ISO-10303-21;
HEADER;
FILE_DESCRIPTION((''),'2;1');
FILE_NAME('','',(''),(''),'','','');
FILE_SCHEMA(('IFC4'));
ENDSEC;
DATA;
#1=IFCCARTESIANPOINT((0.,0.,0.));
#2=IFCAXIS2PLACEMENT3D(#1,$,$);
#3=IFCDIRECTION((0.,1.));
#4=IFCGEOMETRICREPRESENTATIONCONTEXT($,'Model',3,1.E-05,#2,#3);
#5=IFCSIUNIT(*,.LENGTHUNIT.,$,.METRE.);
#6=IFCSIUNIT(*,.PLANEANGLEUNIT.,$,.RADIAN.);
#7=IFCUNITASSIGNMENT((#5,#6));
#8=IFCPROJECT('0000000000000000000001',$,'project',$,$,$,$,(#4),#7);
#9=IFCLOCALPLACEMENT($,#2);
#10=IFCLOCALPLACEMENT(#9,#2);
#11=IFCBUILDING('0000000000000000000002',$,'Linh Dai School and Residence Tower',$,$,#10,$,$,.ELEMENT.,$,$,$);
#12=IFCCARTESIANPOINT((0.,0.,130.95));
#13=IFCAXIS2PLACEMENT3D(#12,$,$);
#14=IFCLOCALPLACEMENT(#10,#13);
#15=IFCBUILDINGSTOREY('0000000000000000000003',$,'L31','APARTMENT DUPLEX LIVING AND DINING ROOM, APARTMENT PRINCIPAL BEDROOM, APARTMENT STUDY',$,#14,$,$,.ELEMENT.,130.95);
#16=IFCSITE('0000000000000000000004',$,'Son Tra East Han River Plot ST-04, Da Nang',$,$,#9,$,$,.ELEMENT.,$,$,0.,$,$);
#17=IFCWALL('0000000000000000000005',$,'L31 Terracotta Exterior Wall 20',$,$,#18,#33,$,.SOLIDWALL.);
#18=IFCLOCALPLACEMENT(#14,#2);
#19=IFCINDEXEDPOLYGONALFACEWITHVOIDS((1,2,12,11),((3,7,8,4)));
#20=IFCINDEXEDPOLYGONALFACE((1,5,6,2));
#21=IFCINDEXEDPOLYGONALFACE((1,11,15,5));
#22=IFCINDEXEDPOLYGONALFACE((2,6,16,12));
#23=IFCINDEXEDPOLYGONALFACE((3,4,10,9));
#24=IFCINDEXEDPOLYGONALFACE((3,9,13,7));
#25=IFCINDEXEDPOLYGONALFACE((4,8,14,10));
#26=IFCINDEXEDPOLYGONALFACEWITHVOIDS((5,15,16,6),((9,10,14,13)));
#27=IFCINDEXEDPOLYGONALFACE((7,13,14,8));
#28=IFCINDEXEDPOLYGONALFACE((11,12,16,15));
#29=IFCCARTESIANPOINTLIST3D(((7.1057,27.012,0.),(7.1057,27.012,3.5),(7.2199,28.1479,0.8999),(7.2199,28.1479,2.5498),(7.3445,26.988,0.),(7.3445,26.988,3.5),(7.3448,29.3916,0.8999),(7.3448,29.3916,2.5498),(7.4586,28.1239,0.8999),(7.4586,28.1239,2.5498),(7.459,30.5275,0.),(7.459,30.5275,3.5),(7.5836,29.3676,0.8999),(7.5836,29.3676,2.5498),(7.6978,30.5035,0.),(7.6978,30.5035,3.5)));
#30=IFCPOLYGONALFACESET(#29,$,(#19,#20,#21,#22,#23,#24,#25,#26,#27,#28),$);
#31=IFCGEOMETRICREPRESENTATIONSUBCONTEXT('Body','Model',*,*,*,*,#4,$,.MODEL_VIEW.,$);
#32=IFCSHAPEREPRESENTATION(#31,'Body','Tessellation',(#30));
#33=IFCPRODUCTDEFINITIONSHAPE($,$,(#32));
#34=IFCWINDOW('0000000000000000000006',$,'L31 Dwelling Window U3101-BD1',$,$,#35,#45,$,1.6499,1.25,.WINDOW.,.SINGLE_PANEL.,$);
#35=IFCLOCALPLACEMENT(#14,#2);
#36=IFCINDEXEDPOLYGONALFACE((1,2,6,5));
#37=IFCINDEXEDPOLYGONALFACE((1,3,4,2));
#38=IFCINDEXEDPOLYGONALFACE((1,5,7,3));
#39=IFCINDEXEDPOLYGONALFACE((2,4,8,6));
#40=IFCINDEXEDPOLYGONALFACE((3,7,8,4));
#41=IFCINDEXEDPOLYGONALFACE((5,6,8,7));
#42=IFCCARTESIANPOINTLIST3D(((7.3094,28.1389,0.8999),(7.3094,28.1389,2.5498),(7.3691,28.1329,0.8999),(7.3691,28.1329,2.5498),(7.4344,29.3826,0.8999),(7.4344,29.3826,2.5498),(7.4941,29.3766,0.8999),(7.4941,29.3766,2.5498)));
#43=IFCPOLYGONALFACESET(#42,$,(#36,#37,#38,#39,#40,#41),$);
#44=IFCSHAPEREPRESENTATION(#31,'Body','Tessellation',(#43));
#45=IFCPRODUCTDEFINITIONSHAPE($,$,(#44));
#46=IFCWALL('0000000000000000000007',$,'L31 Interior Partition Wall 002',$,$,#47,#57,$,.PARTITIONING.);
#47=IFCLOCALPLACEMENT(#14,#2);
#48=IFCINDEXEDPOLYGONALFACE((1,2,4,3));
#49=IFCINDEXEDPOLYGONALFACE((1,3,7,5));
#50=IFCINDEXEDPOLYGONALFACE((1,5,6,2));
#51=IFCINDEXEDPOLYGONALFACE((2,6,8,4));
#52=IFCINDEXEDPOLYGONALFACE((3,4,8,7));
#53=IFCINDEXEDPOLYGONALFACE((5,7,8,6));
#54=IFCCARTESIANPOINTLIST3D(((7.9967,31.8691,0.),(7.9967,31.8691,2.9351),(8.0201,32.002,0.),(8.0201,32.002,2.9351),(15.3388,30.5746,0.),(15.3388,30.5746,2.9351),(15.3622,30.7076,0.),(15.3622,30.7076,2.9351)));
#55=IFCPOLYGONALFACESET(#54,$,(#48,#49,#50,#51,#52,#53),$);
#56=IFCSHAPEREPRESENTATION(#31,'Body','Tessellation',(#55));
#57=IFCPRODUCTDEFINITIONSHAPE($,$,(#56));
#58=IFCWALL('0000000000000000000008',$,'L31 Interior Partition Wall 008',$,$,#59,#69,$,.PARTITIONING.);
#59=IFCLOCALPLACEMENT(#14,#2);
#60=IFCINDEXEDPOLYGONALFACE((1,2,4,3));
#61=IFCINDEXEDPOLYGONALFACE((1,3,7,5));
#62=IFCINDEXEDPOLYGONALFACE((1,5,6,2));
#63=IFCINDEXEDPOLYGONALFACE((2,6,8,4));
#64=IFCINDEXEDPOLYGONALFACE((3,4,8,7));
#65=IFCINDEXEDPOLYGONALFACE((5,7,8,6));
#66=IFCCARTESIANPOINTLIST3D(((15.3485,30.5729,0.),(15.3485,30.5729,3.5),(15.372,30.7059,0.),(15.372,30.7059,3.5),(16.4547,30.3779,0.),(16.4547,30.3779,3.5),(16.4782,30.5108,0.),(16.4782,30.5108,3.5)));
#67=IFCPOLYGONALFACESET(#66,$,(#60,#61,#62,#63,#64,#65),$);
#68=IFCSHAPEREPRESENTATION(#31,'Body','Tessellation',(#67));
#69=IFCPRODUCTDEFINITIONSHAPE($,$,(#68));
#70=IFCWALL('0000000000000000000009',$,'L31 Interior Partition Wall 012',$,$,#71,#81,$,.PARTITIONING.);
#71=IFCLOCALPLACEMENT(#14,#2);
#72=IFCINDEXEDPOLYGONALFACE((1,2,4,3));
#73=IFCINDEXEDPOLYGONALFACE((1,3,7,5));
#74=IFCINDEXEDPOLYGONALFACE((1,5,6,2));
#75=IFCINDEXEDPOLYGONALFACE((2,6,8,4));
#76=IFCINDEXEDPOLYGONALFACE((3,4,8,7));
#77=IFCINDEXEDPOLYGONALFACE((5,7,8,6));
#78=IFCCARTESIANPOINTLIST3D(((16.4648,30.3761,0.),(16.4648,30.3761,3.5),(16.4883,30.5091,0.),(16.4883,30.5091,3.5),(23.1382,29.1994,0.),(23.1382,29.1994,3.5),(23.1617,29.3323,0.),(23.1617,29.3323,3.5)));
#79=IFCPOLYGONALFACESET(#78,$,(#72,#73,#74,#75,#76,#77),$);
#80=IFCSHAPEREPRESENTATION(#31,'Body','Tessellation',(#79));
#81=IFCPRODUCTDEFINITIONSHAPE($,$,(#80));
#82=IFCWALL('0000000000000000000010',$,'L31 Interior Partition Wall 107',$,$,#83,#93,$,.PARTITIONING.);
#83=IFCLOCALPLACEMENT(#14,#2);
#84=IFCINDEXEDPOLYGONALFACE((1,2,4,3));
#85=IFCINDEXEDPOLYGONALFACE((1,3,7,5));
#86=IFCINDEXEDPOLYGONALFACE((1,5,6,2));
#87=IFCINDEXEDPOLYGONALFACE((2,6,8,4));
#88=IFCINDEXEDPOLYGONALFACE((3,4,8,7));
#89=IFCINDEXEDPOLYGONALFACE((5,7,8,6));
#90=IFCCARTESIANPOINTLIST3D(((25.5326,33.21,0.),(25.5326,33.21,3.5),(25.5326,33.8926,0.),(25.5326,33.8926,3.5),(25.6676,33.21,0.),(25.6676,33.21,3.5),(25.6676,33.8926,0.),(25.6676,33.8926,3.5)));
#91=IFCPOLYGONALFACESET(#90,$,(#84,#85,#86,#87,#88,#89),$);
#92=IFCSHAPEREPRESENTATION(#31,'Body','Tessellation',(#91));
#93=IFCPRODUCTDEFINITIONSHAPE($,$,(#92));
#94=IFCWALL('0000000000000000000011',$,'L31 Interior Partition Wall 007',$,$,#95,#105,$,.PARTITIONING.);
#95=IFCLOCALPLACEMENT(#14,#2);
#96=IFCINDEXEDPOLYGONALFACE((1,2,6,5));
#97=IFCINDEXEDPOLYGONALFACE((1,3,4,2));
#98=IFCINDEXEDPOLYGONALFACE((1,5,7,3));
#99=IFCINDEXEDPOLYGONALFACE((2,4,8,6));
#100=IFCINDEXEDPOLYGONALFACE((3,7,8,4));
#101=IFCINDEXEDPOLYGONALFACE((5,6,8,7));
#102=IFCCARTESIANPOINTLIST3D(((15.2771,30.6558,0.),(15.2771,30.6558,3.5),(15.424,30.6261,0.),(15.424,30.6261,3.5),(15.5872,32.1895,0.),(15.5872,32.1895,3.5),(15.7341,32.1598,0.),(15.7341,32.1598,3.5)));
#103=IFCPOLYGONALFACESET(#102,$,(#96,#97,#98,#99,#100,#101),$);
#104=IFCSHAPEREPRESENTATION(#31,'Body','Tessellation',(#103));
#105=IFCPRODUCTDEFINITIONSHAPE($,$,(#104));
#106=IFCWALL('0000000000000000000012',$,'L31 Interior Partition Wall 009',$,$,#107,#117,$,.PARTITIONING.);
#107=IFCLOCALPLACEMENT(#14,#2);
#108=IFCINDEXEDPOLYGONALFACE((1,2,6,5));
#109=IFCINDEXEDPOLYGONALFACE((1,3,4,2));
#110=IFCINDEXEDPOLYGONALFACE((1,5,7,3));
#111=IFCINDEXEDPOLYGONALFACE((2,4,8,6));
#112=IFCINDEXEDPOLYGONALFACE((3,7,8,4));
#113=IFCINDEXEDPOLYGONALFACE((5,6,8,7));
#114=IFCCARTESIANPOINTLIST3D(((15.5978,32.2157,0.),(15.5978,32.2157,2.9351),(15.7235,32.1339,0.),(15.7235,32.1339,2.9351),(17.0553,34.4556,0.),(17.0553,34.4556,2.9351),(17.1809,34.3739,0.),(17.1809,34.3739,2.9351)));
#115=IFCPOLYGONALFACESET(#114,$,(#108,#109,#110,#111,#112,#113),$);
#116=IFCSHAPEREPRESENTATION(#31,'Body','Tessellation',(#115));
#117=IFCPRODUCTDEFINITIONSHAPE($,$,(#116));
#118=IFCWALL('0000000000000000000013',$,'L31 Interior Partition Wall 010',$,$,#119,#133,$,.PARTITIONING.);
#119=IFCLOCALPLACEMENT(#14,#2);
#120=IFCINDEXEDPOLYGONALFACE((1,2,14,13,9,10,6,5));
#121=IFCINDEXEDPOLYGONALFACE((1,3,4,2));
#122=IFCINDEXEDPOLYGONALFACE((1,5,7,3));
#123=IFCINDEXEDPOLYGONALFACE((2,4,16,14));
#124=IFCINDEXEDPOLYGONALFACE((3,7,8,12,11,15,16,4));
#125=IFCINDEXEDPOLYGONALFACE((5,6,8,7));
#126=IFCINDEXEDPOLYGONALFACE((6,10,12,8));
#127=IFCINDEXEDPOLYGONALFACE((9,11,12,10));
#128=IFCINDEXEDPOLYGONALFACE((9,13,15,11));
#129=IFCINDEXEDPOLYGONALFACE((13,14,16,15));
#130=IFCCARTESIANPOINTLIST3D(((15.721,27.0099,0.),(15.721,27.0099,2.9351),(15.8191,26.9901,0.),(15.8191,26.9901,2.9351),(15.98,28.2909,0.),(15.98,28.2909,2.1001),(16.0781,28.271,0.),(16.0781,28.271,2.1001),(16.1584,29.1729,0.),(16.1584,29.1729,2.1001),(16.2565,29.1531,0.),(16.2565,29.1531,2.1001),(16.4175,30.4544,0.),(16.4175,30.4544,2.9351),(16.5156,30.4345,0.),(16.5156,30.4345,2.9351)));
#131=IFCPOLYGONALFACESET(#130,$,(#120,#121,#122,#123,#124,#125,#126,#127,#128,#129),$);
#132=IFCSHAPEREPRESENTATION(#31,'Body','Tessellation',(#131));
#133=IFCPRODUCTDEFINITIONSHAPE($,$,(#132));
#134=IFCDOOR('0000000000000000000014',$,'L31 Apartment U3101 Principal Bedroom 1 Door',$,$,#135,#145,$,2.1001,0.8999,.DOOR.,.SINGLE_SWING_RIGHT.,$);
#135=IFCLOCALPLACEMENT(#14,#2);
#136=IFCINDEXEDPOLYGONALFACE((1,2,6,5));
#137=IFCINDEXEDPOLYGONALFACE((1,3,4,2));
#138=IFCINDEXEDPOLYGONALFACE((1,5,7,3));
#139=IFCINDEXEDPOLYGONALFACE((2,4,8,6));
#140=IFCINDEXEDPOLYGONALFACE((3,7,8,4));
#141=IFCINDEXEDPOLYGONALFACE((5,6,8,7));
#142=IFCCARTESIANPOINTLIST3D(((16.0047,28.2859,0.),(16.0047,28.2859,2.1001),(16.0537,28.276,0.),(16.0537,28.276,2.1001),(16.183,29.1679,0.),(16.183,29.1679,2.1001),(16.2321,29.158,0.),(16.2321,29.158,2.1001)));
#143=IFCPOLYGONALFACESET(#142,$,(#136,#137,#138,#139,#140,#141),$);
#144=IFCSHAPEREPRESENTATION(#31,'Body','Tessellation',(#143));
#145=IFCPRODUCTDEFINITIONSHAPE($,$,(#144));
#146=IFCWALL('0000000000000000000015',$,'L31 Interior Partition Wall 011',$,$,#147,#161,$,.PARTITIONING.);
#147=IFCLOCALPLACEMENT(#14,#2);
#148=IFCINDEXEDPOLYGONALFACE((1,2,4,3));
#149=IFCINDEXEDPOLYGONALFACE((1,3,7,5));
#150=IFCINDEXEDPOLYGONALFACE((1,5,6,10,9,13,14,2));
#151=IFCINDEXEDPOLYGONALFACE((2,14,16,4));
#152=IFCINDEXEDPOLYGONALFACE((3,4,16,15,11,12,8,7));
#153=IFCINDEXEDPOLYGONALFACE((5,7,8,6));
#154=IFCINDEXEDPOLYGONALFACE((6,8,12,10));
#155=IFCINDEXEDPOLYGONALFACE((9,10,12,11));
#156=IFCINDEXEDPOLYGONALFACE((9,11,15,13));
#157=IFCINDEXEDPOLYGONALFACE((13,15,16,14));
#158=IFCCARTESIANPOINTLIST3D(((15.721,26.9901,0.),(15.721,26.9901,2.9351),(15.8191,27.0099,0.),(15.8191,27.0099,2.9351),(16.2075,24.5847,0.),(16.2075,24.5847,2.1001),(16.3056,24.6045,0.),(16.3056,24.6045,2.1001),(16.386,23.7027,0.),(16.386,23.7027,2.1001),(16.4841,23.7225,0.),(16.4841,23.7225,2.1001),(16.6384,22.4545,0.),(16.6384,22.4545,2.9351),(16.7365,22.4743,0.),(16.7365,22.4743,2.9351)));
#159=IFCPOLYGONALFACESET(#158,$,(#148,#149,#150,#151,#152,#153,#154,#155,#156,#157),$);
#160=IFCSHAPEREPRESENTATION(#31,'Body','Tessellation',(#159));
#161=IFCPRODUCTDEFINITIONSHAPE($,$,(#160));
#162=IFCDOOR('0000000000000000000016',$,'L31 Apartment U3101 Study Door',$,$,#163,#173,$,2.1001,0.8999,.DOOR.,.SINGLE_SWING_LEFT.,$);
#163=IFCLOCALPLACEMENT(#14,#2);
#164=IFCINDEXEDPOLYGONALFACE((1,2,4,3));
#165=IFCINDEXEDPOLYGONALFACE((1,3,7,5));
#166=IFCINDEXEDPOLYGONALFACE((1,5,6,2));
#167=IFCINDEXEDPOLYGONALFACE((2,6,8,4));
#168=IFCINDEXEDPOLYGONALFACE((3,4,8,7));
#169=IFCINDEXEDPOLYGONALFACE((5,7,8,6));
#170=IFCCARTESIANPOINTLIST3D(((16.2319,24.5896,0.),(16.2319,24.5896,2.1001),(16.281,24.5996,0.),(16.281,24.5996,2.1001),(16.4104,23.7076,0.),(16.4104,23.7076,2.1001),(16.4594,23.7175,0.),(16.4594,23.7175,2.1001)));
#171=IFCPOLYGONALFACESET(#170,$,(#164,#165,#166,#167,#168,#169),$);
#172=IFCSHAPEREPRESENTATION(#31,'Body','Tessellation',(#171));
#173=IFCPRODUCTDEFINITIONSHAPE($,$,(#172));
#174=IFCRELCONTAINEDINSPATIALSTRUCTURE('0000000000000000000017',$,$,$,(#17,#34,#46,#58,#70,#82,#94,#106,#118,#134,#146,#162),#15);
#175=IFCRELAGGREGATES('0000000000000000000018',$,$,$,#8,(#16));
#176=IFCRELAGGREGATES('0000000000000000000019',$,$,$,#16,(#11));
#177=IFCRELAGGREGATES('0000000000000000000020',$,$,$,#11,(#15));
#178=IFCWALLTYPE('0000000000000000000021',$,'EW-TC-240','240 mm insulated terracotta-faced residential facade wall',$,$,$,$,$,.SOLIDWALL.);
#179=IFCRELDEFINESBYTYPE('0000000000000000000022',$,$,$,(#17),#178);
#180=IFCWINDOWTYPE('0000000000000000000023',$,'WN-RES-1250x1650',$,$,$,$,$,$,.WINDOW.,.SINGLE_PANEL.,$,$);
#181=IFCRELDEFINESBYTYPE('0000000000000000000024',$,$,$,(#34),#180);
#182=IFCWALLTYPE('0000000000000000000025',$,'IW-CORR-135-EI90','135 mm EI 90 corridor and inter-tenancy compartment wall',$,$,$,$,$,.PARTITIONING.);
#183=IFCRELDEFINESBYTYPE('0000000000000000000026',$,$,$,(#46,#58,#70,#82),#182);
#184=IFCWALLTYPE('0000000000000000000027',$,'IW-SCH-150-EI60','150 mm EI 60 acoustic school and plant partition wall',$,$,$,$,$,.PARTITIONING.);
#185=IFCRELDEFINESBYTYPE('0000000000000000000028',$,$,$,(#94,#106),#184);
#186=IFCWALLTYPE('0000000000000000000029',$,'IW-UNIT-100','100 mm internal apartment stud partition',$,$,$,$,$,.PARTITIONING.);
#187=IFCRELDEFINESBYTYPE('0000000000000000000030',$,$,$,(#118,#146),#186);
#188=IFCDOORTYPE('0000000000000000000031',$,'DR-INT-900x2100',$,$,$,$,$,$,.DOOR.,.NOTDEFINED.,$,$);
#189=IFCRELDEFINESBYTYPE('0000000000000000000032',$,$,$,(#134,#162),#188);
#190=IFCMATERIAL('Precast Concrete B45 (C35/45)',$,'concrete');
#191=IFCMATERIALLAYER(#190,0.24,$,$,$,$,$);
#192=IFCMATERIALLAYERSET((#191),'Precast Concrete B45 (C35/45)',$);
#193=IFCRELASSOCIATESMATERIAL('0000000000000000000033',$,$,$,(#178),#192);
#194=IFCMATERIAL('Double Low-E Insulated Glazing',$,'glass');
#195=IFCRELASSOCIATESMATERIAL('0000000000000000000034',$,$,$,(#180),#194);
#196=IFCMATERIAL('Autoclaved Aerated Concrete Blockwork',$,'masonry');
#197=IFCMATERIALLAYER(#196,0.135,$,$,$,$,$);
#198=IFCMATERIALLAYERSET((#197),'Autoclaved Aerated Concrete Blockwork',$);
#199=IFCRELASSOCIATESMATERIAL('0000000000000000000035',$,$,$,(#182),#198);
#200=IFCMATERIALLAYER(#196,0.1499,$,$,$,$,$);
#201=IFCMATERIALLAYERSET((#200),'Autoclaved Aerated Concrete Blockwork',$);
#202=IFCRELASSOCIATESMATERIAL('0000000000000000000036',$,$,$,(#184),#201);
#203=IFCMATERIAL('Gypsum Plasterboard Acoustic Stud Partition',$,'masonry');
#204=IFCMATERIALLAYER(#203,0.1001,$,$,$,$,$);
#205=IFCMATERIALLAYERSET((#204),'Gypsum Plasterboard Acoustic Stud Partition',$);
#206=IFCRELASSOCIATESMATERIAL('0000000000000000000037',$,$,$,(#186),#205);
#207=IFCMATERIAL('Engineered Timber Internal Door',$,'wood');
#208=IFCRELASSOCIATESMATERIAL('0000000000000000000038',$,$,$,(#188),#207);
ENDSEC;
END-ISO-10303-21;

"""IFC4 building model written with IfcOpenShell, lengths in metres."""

from ifc_helpers import new_model, si_unit, direction, frame, frame_2d, origin, origin_2d, place, context, subcontext, project, spatial, rectangle, extrude, source, transform, mapped, material, layer, layer_set, type_object, element, fill, save


model = new_model("IFC4")

# Units and contexts
model_context = context("Model", 3, precision=1e-05, world=origin(), true_north=direction((0.0, 1.0)))
body_context = subcontext(model_context, "Body", "Model", "MODEL_VIEW")
ifc_project = project(units=[si_unit("LENGTHUNIT", "METRE"), si_unit("PLANEANGLEUNIT", "RADIAN")], contexts=[model_context])

# Site, building, storey
site_placement = place(None, origin())
site = spatial("IfcSite", under=ifc_project, at=site_placement, Name="Son Tra East Han River Plot ST-04, Da Nang", CompositionType="ELEMENT", RefElevation=0.0)
building_placement = place(site_placement, origin())
building = spatial("IfcBuilding", under=site, at=building_placement, Name="Linh Dai School and Residence Tower", CompositionType="ELEMENT")
storey_placement = place(building_placement, frame((0.0, 0.0, 130.95)))
storey = spatial("IfcBuildingStorey", under=building, at=storey_placement, Name="L31", Description="APARTMENT DUPLEX LIVING AND DINING ROOM, APARTMENT PRINCIPAL BEDROOM, APARTMENT STUDY", CompositionType="ELEMENT", Elevation=130.95)

# Shared definitions
ifc_material_1 = material(Name="Precast Concrete B45 (C35/45)", Category="concrete")
ifc_layer_1 = layer(ifc_material_1, 0.24)
ifc_layer_set_1 = layer_set([ifc_layer_1], Name="Precast Concrete B45 (C35/45)")
wall_type_1 = type_object("IfcWallType", Name="EW-TC-240", Description="240 mm insulated terracotta-faced residential facade wall", PredefinedType="SOLIDWALL", material=ifc_layer_set_1)

# Wall, opening, window
wall_1_placement = place(storey_placement, frame((7.2251, 27.0, 0.0), z_axis=(0.0, 0.0, 1.0), x_axis=(0.099989, 0.994988, 0.0)))
wall_1 = element("IfcWall", 1, at=wall_1_placement, inside=storey, type_object=wall_type_1, Name="L31 Terracotta Exterior Wall 20", PredefinedType="SOLIDWALL", context=body_context, shape_type="SweptSolid", body=[
    extrude(rectangle(XDim=3.5332, YDim=0.24, at=frame_2d((1.7666, 0.0))), origin(), (0.0, 0.0, 1.0), 3.5),
])
opening_1_placement = place(wall_1_placement, frame((1.1416, 0.0, 0.8999)))
opening_1 = element("IfcOpeningElement", 2, at=opening_1_placement, cuts=wall_1, PredefinedType="OPENING", context=body_context, shape_type="SweptSolid", body=[
    extrude(rectangle(XDim=1.25, YDim=1.6499, at=origin_2d()), frame((0.625, 0.1299, 0.825), z_axis=(0.0, -1.0, 0.0), x_axis=(1.0, 0.0, 0.0)), (0.0, 0.0, 1.0), 0.26),
])
ifc_material_2 = material(Name="Double Low-E Insulated Glazing", Category="glass")
window_type = type_object("IfcWindowType", Name="WN-RES-1250x1650", PartitioningType="SINGLE_PANEL", PredefinedType="WINDOW", material=ifc_material_2)
shared_shape_1 = source(origin(), body_context, "Body", "SweptSolid", [
    extrude(rectangle(XDim=1.25, YDim=1.6499, at=origin_2d()), frame((0.625, 0.03, 0.825), z_axis=(0.0, -1.0, 0.0), x_axis=(1.0, 0.0, 0.0)), (0.0, 0.0, 1.0), 0.0601),
])
window_placement = place(opening_1_placement, origin())
window = element("IfcWindow", 3, at=window_placement, inside=storey, type_object=window_type, Name="L31 Dwelling Window U3101-BD1", OverallHeight=1.6499, OverallWidth=1.25, PartitioningType="SINGLE_PANEL", PredefinedType="WINDOW", context=body_context, shape_type="MappedRepresentation", body=[
    mapped(shared_shape_1, transform((0.0, 0.0, 0.0), x_axis=(1.0, 0.0, 0.0), y_axis=(0.0, 1.0, 0.0), z_axis=(0.0, 0.0, 1.0), scale=1.0)),
])
fill(opening_1, window)

# Walls
ifc_material_3 = material(Name="Autoclaved Aerated Concrete Blockwork", Category="masonry")
ifc_layer_2 = layer(ifc_material_3, 0.135)
ifc_layer_set_2 = layer_set([ifc_layer_2], Name="Autoclaved Aerated Concrete Blockwork")
wall_type_2 = type_object("IfcWallType", Name="IW-CORR-135-EI90", Description="135 mm EI 90 corridor and inter-tenancy compartment wall", PredefinedType="PARTITIONING", material=ifc_layer_set_2)
wall_2_placement = place(storey_placement, frame((8.0085, 31.9355, 0.0), z_axis=(0.0, 0.0, 1.0), x_axis=(0.984812, -0.173627, 0.0)))
element("IfcWall", 4, at=wall_2_placement, inside=storey, type_object=wall_type_2, Name="L31 Interior Partition Wall 002", PredefinedType="PARTITIONING", context=body_context, shape_type="SweptSolid", body=[
    extrude(rectangle(XDim=7.4553, YDim=0.135, at=frame_2d((3.7275, 0.0))), origin(), (0.0, 0.0, 1.0), 2.9351),
])
wall_3_placement = place(storey_placement, frame((15.3604, 30.6394, 0.0), z_axis=(0.0, 0.0, 1.0), x_axis=(0.984805, -0.173661, 0.0)))
element("IfcWall", 5, at=wall_3_placement, inside=storey, type_object=wall_type_2, Name="L31 Interior Partition Wall 008", PredefinedType="PARTITIONING", context=body_context, shape_type="SweptSolid", body=[
    extrude(rectangle(XDim=1.1233, YDim=0.135, at=frame_2d((0.5615, 0.0))), origin(), (0.0, 0.0, 1.0), 3.5),
])
wall_4_placement = place(storey_placement, frame((16.4766, 30.4426, 0.0), z_axis=(0.0, 0.0, 1.0), x_axis=(0.984806, -0.173658, 0.0)))
element("IfcWall", 6, at=wall_4_placement, inside=storey, type_object=wall_type_2, Name="L31 Interior Partition Wall 012", PredefinedType="PARTITIONING", context=body_context, shape_type="SweptSolid", body=[
    extrude(rectangle(XDim=6.7764, YDim=0.135, at=frame_2d((3.3882, 0.0))), origin(), (0.0, 0.0, 1.0), 3.5),
])
wall_5_placement = place(storey_placement, frame((25.6001, 33.8926, 0.0), z_axis=(0.0, 0.0, 1.0), x_axis=(0.0, -1.0, 0.0)))
element("IfcWall", 7, at=wall_5_placement, inside=storey, type_object=wall_type_2, Name="L31 Interior Partition Wall 107", PredefinedType="PARTITIONING", context=body_context, shape_type="SweptSolid", body=[
    extrude(rectangle(XDim=0.6826, YDim=0.135, at=frame_2d((0.3413, 0.0))), origin(), (0.0, 0.0, 1.0), 3.5),
])
ifc_layer_3 = layer(ifc_material_3, 0.1499)
ifc_layer_set_3 = layer_set([ifc_layer_3], Name="Autoclaved Aerated Concrete Blockwork")
wall_type_3 = type_object("IfcWallType", Name="IW-SCH-150-EI60", Description="150 mm EI 60 acoustic school and plant partition wall", PredefinedType="PARTITIONING", material=ifc_layer_set_3)
wall_6_placement = place(storey_placement, frame((15.3506, 30.6411, 0.0), z_axis=(0.0, 0.0, 1.0), x_axis=(0.198156, 0.98017, 0.0)))
element("IfcWall", 8, at=wall_6_placement, inside=storey, type_object=wall_type_3, Name="L31 Interior Partition Wall 007", PredefinedType="PARTITIONING", context=body_context, shape_type="SweptSolid", body=[
    extrude(rectangle(XDim=1.5647, YDim=0.1499, at=frame_2d((0.7822, 0.0))), origin(), (0.0, 0.0, 1.0), 3.5),
])
wall_7_placement = place(storey_placement, frame((15.6606, 32.1748, 0.0), z_axis=(0.0, 0.0, 1.0), x_axis=(0.54539, 0.838183, 0.0)))
element("IfcWall", 9, at=wall_7_placement, inside=storey, type_object=wall_type_3, Name="L31 Interior Partition Wall 009", PredefinedType="PARTITIONING", context=body_context, shape_type="SweptSolid", body=[
    extrude(rectangle(XDim=2.6724, YDim=0.1499, at=frame_2d((1.3362, 0.0))), origin(), (0.0, 0.0, 1.0), 2.9351),
])

# Walls, openings, doors
ifc_material_4 = material(Name="Gypsum Plasterboard Acoustic Stud Partition", Category="masonry")
ifc_layer_4 = layer(ifc_material_4, 0.1001)
ifc_layer_set_4 = layer_set([ifc_layer_4], Name="Gypsum Plasterboard Acoustic Stud Partition")
wall_type_4 = type_object("IfcWallType", Name="IW-UNIT-100", Description="100 mm internal apartment stud partition", PredefinedType="PARTITIONING", material=ifc_layer_set_4)
wall_8_placement = place(storey_placement, frame((15.77, 27.0, 0.0), z_axis=(0.0, 0.0, 1.0), x_axis=(0.198213, 0.980159, 0.0)))
wall_8 = element("IfcWall", 10, at=wall_8_placement, inside=storey, type_object=wall_type_4, Name="L31 Interior Partition Wall 010", PredefinedType="PARTITIONING", context=body_context, shape_type="SweptSolid", body=[
    extrude(rectangle(XDim=3.5142, YDim=0.1001, at=frame_2d((1.7571, 0.0))), origin(), (0.0, 0.0, 1.0), 2.9351),
])
opening_2_placement = place(wall_8_placement, frame((1.3069, 0.0, 0.0)))
opening_2 = element("IfcOpeningElement", 11, at=opening_2_placement, cuts=wall_8, PredefinedType="OPENING", context=body_context, shape_type="SweptSolid", body=[
    extrude(rectangle(XDim=0.8999, YDim=2.1001, at=origin_2d()), frame((0.45, 0.0601, 1.05), z_axis=(0.0, -1.0, 0.0), x_axis=(1.0, 0.0, 0.0)), (0.0, 0.0, 1.0), 0.1201),
])
ifc_material_5 = material(Name="Engineered Timber Internal Door", Category="wood")
door_type = type_object("IfcDoorType", Name="DR-INT-900x2100", OperationType="NOTDEFINED", PredefinedType="DOOR", material=ifc_material_5)
shared_shape_2 = source(origin(), body_context, "Body", "SweptSolid", [
    extrude(rectangle(XDim=0.8999, YDim=2.1001, at=origin_2d()), frame((0.45, 0.0249, 1.05), z_axis=(0.0, -1.0, 0.0), x_axis=(1.0, 0.0, 0.0)), (0.0, 0.0, 1.0), 0.05),
])
door_1_placement = place(opening_2_placement, origin())
door_1 = element("IfcDoor", 12, at=door_1_placement, inside=storey, type_object=door_type, Name="L31 Apartment U3101 Principal Bedroom 1 Door", OperationType="SINGLE_SWING_RIGHT", OverallHeight=2.1001, OverallWidth=0.8999, PredefinedType="DOOR", context=body_context, shape_type="MappedRepresentation", body=[
    mapped(shared_shape_2, transform((0.0, 0.0, 0.0), x_axis=(1.0, 0.0, 0.0), y_axis=(0.0, 1.0, 0.0), z_axis=(0.0, 0.0, 1.0), scale=1.0)),
])
fill(opening_2, door_1)
wall_9_placement = place(storey_placement, frame((15.77, 27.0, 0.0), z_axis=(0.0, 0.0, 1.0), x_axis=(0.198267, -0.980148, 0.0)))
wall_9 = element("IfcWall", 13, at=wall_9_placement, inside=storey, type_object=wall_type_4, Name="L31 Interior Partition Wall 011", PredefinedType="PARTITIONING", context=body_context, shape_type="SweptSolid", body=[
    extrude(rectangle(XDim=4.6274, YDim=0.1001, at=frame_2d((2.3137, 0.0))), origin(), (0.0, 0.0, 1.0), 2.9351),
])
opening_3_placement = place(wall_9_placement, frame((2.4541, 0.0, 0.0)))
opening_3 = element("IfcOpeningElement", 14, at=opening_3_placement, cuts=wall_9, PredefinedType="OPENING", context=body_context, shape_type="SweptSolid", body=[
    extrude(rectangle(XDim=0.8999, YDim=2.1001, at=origin_2d()), frame((0.45, 0.0601, 1.05), z_axis=(0.0, -1.0, 0.0), x_axis=(1.0, 0.0, 0.0)), (0.0, 0.0, 1.0), 0.1201),
])
door_2_placement = place(opening_3_placement, origin())
door_2 = element("IfcDoor", 15, at=door_2_placement, inside=storey, type_object=door_type, Name="L31 Apartment U3101 Study Door", OperationType="SINGLE_SWING_LEFT", OverallHeight=2.1001, OverallWidth=0.8999, PredefinedType="DOOR", context=body_context, shape_type="MappedRepresentation", body=[
    mapped(shared_shape_2, transform((0.0, 0.0, 0.0), x_axis=(1.0, 0.0, 0.0), y_axis=(0.0, 1.0, 0.0), z_axis=(0.0, 0.0, 1.0), scale=1.0)),
])
fill(opening_3, door_2)

save(model, "model.ifc")
